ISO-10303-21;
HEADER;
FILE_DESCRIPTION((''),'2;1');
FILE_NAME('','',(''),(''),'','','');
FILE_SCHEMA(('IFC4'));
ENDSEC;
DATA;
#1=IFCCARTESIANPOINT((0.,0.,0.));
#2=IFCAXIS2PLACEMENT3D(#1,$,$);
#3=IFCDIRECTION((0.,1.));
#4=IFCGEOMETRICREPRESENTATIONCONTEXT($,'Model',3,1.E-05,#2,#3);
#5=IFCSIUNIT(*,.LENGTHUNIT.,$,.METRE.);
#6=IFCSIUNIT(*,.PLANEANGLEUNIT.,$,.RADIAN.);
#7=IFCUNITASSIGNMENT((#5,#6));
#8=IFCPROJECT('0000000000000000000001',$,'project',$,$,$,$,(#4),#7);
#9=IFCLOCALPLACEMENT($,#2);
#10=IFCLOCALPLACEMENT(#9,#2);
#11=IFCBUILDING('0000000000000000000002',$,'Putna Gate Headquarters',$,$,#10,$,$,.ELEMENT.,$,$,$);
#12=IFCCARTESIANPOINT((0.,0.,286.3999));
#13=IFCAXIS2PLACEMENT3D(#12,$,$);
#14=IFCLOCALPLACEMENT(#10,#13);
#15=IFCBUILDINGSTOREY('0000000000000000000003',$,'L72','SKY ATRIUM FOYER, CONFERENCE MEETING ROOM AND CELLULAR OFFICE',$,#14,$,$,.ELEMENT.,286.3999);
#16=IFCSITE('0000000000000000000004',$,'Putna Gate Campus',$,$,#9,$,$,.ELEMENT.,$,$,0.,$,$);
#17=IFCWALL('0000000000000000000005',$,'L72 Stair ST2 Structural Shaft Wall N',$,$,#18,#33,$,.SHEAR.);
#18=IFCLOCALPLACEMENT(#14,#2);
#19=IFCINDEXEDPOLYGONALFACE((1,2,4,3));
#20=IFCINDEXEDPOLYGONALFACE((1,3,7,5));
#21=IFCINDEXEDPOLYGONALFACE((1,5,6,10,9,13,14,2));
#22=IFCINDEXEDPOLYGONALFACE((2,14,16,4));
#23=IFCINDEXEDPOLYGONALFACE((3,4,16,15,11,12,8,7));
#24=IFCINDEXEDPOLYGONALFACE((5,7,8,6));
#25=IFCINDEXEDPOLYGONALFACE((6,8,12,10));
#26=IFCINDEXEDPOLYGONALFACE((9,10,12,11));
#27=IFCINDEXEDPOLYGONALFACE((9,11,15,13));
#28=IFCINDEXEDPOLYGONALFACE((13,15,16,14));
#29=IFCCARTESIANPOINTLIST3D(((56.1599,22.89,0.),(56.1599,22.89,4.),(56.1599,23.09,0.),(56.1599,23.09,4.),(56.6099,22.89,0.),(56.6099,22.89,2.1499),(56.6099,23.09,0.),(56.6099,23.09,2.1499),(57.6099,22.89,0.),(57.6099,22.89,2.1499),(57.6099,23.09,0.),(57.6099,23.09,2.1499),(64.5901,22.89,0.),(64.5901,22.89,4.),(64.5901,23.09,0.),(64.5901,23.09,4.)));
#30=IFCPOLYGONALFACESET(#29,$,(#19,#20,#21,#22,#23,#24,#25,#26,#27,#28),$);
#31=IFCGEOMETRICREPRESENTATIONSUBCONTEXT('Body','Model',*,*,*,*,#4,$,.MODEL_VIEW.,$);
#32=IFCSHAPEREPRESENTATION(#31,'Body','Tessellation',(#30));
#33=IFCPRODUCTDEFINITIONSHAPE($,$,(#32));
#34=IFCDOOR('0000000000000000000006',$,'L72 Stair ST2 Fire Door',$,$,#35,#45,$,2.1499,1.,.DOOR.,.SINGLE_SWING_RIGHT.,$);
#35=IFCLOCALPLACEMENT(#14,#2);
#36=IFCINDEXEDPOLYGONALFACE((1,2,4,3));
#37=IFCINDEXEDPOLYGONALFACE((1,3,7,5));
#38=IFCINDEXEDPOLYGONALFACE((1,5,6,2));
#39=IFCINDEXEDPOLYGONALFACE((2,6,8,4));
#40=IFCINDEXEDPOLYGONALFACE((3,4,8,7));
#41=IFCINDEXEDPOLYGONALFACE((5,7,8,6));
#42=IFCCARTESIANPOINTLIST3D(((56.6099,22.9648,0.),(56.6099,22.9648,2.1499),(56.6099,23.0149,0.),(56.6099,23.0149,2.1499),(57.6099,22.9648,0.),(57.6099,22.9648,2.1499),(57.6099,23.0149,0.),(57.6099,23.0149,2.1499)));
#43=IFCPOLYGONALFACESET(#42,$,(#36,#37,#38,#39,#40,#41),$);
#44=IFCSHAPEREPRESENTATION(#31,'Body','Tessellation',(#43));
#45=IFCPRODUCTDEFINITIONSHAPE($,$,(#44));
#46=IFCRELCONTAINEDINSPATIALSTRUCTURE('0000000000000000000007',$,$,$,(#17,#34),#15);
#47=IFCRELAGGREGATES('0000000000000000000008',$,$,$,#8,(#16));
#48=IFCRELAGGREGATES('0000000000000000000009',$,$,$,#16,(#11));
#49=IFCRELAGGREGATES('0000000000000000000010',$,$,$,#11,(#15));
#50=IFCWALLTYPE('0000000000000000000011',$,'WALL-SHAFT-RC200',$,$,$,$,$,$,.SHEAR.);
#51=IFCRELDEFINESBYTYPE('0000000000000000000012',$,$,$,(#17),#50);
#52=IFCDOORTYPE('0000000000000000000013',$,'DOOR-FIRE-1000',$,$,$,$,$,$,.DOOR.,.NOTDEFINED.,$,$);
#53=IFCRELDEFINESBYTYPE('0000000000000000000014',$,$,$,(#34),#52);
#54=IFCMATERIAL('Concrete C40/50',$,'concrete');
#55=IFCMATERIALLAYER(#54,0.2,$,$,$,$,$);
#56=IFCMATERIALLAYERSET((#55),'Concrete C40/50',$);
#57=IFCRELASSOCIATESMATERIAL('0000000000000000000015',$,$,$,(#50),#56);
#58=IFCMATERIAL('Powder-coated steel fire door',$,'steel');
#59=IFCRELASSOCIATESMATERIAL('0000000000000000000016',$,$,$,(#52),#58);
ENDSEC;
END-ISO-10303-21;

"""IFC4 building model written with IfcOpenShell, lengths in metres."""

from ifc_helpers import new_model, si_unit, direction, frame, frame_2d, origin, place, context, subcontext, project, spatial, rectangle, extrude, material, layer, layer_set, type_object, element, fill, save


model = new_model("IFC4")

# Units and contexts
model_context = context("Model", 3, precision=1e-05, world=origin(), true_north=direction((0.0, 1.0)))
body_context = subcontext(model_context, "Body", "Model", "MODEL_VIEW")
ifc_project = project(units=[si_unit("LENGTHUNIT", "METRE"), si_unit("PLANEANGLEUNIT", "RADIAN")], contexts=[model_context])

# Site, building, storey
site_placement = place(None, origin())
site = spatial("IfcSite", under=ifc_project, at=site_placement, Name="Putna Gate Campus", CompositionType="ELEMENT", RefElevation=0.0)
building_placement = place(site_placement, origin())
building = spatial("IfcBuilding", under=site, at=building_placement, Name="Putna Gate Headquarters", CompositionType="ELEMENT")
storey_placement = place(building_placement, frame((0.0, 0.0, 286.3999)))
storey = spatial("IfcBuildingStorey", under=building, at=storey_placement, Name="L72", Description="SKY ATRIUM FOYER, CONFERENCE MEETING ROOM AND CELLULAR OFFICE", CompositionType="ELEMENT", Elevation=286.3999)

# Shared definitions
ifc_material_1 = material(Name="Concrete C40/50", Category="concrete")

# Wall, opening, door
ifc_layer_1 = layer(ifc_material_1, 0.2)
ifc_layer_set_1 = layer_set([ifc_layer_1], Name="Concrete C40/50")
wall_type_1 = type_object("IfcWallType", Name="WALL-SHAFT-RC200", PredefinedType="SHEAR", material=ifc_layer_set_1)
wall_1_placement = place(storey_placement, frame((56.1599, 22.99, 0.0), z_axis=(0.0, 0.0, 1.0), x_axis=(1.0, 0.0, 0.0)))
wall_1 = element("IfcWall", 1, at=wall_1_placement, inside=storey, type_object=wall_type_1, Name="L72 Stair ST2 Structural Shaft Wall N", PredefinedType="SHEAR", context=body_context, shape_type="SweptSolid", body=[
    extrude(rectangle(XDim=8.4302, YDim=0.2, at=frame_2d((4.2151, 0.0))), origin(), (0.0, 0.0, 1.0), 4.0),
])
opening_1_placement = place(wall_1_placement, frame((0.45, 0.0, 0.0)))
opening_1 = element("IfcOpeningElement", 2, at=opening_1_placement, cuts=wall_1, PredefinedType="OPENING", context=body_context, shape_type="SweptSolid", body=[
    extrude(rectangle(XDim=1.0, YDim=2.1499, at=frame_2d((0.5, 1.075))), frame((0.0, 0.1099, 0.0), z_axis=(0.0, -1.0, 0.0), x_axis=(1.0, 0.0, 0.0)), (0.0, 0.0, 1.0), 0.22),
])
ifc_material_2 = material(Name="Powder-coated steel fire door", Category="steel")
door_type_1 = type_object("IfcDoorType", Name="DOOR-FIRE-1000", OperationType="NOTDEFINED", PredefinedType="DOOR", material=ifc_material_2)
door_1_placement = place(opening_1_placement, origin())
door_1 = element("IfcDoor", 3, at=door_1_placement, inside=storey, type_object=door_type_1, Name="L72 Stair ST2 Fire Door", OperationType="SINGLE_SWING_RIGHT", OverallHeight=2.1499, OverallWidth=1.0, PredefinedType="DOOR", context=body_context, shape_type="SweptSolid", body=[
    extrude(rectangle(XDim=1.0, YDim=2.1499, at=frame_2d((0.5, 1.075))), frame((0.0, 0.0249, 0.0), z_axis=(0.0, -1.0, 0.0), x_axis=(1.0, 0.0, 0.0)), (0.0, 0.0, 1.0), 0.05),
])
fill(opening_1, door_1)

save(model, "model.ifc")
